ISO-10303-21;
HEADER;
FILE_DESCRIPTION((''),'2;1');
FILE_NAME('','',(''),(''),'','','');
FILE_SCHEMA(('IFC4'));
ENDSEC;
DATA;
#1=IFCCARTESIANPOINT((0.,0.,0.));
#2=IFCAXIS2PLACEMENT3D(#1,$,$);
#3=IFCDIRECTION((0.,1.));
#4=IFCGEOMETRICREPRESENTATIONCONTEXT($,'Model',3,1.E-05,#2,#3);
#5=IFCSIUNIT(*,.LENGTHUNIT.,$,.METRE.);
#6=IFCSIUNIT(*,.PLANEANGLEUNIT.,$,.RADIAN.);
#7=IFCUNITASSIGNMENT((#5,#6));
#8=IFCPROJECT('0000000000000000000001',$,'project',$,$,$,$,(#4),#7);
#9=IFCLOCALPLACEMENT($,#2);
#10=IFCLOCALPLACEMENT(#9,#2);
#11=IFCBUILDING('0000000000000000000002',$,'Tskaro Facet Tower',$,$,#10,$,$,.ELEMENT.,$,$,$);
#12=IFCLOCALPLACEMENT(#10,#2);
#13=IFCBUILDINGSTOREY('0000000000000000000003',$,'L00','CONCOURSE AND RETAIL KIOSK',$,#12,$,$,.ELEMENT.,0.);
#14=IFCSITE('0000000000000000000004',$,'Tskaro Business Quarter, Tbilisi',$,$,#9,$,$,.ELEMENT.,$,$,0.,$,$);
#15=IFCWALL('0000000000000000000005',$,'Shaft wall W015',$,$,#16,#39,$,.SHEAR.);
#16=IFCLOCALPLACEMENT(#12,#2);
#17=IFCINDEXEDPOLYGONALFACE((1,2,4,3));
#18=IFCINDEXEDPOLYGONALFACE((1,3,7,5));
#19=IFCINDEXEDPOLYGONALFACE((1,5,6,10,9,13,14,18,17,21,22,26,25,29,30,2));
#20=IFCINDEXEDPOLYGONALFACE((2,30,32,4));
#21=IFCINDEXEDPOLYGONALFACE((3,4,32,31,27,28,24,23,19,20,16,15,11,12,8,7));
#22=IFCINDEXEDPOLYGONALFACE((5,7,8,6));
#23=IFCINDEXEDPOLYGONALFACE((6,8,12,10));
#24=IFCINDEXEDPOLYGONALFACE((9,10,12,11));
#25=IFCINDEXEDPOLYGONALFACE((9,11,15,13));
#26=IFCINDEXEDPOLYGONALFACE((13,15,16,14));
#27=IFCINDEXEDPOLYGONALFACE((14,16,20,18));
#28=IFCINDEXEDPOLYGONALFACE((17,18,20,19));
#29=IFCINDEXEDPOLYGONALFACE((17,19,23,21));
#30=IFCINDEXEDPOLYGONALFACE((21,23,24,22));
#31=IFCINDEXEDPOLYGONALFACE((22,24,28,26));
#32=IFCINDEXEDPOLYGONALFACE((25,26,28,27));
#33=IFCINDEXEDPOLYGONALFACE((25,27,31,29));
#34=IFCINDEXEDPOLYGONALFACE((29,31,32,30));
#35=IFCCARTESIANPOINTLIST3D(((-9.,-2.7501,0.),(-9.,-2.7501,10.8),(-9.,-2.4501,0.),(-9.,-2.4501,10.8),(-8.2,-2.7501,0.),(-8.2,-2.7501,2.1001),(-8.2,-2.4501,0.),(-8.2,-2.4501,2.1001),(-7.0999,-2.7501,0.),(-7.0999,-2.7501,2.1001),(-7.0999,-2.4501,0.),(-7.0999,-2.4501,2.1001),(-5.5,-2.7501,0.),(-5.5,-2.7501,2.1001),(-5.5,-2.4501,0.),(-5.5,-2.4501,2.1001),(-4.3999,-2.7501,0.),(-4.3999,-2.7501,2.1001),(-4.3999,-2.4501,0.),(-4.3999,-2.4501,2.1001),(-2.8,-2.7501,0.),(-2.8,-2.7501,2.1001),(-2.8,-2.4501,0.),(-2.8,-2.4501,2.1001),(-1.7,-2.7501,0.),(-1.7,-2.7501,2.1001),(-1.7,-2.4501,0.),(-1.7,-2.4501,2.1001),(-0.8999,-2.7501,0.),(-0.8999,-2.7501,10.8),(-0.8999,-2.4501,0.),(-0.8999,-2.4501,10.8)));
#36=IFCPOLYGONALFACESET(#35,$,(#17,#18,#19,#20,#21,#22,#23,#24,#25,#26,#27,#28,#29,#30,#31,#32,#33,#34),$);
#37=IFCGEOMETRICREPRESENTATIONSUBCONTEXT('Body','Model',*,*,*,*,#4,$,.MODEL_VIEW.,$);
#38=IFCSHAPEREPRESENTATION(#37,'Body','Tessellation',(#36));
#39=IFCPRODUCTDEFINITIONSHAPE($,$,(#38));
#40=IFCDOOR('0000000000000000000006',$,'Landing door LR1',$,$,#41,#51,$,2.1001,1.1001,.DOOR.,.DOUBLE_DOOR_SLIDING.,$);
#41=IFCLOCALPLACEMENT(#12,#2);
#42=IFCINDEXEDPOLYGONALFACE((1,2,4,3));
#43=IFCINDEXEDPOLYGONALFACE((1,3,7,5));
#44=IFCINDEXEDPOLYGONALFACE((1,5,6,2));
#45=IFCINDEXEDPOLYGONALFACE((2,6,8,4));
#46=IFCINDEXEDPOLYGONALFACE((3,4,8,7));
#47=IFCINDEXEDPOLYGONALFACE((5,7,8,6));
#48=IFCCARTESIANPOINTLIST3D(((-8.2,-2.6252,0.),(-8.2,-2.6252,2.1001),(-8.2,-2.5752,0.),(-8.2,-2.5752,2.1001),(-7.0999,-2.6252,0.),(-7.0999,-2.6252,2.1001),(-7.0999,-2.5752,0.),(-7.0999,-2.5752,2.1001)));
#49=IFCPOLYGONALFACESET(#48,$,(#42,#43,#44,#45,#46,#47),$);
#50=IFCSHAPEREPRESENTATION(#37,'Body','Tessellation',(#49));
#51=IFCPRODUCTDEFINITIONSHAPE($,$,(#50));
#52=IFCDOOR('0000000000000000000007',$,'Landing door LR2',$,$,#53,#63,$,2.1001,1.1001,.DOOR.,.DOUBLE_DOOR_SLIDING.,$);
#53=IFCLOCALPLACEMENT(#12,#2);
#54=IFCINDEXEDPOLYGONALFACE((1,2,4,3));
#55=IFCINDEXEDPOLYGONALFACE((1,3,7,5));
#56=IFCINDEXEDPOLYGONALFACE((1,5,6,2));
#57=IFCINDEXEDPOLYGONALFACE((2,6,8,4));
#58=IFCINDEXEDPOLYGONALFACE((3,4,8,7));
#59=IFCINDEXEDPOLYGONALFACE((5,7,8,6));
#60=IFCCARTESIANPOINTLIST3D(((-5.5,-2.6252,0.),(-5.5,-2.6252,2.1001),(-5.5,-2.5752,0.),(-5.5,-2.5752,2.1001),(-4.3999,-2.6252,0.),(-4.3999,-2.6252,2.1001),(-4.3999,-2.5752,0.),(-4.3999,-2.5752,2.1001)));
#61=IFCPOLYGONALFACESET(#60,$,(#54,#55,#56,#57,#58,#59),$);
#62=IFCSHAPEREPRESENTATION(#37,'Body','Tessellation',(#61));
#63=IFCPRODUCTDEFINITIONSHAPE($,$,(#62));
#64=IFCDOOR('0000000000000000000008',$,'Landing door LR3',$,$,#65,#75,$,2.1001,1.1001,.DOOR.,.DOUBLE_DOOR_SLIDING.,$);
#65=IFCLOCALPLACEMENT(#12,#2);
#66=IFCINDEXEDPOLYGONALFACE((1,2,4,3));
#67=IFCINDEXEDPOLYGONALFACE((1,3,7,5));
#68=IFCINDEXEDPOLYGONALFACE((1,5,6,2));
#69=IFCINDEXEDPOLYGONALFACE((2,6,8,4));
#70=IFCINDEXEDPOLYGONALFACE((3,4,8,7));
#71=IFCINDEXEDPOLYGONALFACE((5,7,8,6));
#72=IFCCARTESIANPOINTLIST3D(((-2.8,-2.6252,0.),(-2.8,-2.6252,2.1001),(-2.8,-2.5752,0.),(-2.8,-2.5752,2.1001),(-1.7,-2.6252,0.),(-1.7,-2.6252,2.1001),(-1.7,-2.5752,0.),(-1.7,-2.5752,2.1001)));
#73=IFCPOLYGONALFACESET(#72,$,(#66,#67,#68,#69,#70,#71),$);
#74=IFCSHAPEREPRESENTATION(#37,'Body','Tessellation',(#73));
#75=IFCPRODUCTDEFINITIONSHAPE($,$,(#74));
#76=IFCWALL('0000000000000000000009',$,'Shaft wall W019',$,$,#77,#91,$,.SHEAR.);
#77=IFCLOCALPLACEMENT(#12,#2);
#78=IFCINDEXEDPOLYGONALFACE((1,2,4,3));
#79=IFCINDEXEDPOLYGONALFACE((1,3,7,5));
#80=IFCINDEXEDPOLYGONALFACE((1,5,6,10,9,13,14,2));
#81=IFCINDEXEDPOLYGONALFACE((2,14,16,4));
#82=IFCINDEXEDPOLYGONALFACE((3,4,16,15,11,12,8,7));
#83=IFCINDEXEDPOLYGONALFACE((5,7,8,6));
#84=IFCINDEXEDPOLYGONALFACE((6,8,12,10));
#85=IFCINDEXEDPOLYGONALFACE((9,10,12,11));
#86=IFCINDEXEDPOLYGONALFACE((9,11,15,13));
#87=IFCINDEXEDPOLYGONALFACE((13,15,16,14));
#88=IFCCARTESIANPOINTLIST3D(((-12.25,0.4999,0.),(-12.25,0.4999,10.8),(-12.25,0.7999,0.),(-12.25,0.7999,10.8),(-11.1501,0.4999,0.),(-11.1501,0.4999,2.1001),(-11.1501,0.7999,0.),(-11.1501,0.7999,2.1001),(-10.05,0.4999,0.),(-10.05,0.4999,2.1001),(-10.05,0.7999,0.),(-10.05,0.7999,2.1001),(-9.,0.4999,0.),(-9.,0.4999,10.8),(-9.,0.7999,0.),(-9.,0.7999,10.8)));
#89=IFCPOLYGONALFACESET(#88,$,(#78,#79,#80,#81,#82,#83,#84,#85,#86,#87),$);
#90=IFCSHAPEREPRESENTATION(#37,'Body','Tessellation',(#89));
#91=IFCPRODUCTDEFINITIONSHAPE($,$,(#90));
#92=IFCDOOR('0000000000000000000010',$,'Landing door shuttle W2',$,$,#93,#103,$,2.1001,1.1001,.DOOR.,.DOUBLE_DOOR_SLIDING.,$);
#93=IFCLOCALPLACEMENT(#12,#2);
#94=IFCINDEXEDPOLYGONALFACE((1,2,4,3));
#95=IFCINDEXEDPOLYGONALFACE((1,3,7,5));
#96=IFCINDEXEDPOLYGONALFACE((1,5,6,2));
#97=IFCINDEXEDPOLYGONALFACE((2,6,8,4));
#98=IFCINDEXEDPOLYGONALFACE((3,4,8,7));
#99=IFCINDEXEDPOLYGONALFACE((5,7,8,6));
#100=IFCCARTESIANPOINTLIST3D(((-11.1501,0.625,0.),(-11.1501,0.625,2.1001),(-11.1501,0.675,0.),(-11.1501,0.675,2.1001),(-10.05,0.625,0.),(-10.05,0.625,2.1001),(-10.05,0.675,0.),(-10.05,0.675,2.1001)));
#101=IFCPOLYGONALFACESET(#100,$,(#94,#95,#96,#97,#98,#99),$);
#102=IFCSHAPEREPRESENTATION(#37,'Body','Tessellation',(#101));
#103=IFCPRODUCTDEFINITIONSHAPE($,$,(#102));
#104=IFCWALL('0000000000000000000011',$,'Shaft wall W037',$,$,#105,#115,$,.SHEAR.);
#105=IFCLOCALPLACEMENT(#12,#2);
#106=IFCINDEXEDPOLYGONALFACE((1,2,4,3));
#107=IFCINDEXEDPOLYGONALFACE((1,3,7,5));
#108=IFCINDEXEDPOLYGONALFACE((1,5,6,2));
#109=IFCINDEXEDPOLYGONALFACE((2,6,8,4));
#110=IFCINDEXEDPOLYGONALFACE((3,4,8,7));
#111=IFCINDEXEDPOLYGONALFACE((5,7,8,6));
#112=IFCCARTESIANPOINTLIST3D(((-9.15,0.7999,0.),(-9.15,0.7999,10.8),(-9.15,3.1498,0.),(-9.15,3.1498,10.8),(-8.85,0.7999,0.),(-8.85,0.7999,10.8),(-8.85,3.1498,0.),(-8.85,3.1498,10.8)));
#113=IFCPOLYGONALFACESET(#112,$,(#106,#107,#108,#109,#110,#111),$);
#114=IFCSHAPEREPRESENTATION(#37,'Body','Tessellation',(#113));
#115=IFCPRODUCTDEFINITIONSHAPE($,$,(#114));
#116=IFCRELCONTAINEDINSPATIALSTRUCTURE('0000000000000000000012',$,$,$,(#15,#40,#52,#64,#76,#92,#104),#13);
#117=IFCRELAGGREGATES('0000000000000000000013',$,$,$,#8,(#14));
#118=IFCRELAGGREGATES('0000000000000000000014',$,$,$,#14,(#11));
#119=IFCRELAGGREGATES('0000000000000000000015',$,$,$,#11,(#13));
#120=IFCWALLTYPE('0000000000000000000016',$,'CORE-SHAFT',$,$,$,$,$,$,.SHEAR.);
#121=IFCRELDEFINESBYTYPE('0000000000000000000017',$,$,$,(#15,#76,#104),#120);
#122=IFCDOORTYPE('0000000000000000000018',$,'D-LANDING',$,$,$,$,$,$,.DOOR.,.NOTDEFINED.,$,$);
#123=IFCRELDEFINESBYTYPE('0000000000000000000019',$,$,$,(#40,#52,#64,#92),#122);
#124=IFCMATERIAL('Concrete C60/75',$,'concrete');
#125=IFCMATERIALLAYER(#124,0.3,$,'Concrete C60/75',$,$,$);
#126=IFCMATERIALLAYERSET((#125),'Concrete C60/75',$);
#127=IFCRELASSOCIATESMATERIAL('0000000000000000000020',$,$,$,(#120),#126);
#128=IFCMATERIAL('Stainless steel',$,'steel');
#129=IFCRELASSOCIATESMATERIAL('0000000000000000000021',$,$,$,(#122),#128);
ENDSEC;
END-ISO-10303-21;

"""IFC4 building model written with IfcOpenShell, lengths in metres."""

from ifc_helpers import new_model, si_unit, direction, frame, frame_2d, origin, place, context, subcontext, project, spatial, rectangle, extrude, material, layer, layer_set, type_object, element, fill, save


model = new_model("IFC4")

# Units and contexts
model_context = context("Model", 3, precision=1e-05, world=origin(), true_north=direction((0.0, 1.0)))
body_context = subcontext(model_context, "Body", "Model", "MODEL_VIEW")
ifc_project = project(units=[si_unit("LENGTHUNIT", "METRE"), si_unit("PLANEANGLEUNIT", "RADIAN")], contexts=[model_context])

# Site, building, storey
site_placement = place(None, origin())
site = spatial("IfcSite", under=ifc_project, at=site_placement, Name="Tskaro Business Quarter, Tbilisi", CompositionType="ELEMENT", RefElevation=0.0)
building_placement = place(site_placement, origin())
building = spatial("IfcBuilding", under=site, at=building_placement, Name="Tskaro Facet Tower", CompositionType="ELEMENT")
storey_placement = place(building_placement, origin())
storey = spatial("IfcBuildingStorey", under=building, at=storey_placement, Name="L00", Description="CONCOURSE AND RETAIL KIOSK", CompositionType="ELEMENT", Elevation=0.0)

# Wall, openings, doors
ifc_material_1 = material(Name="Concrete C60/75", Category="concrete")
ifc_layer_1 = layer(ifc_material_1, 0.3, Name="Concrete C60/75")
ifc_layer_set_1 = layer_set([ifc_layer_1], Name="Concrete C60/75")
wall_type_1 = type_object("IfcWallType", Name="CORE-SHAFT", PredefinedType="SHEAR", material=ifc_layer_set_1)
wall_1_placement = place(storey_placement, frame((-9.0, -2.6001, 0.0), z_axis=(0.0, 0.0, 1.0), x_axis=(1.0, 0.0, 0.0)))
wall_1 = element("IfcWall", 1, at=wall_1_placement, inside=storey, type_object=wall_type_1, Name="Shaft wall W015", PredefinedType="SHEAR", context=body_context, shape_type="SweptSolid", body=[
    extrude(rectangle(XDim=8.1001, YDim=0.3, at=frame_2d((4.05, 0.0))), origin(), (0.0, 0.0, 1.0), 10.8),
])
opening_1_placement = place(wall_1_placement, frame((0.8, 0.0, 0.0)))
opening_1 = element("IfcOpeningElement", 2, at=opening_1_placement, cuts=wall_1, PredefinedType="OPENING", context=body_context, shape_type="SweptSolid", body=[
    extrude(rectangle(XDim=1.1001, YDim=2.1001, at=frame_2d((0.55, 1.05))), frame((0.0, 0.1599, 0.0), z_axis=(0.0, -1.0, 0.0), x_axis=(1.0, 0.0, 0.0)), (0.0, 0.0, 1.0), 0.3201),
])
opening_2_placement = place(wall_1_placement, frame((3.5, 0.0, 0.0)))
opening_2 = element("IfcOpeningElement", 3, at=opening_2_placement, cuts=wall_1, PredefinedType="OPENING", context=body_context, shape_type="SweptSolid", body=[
    extrude(rectangle(XDim=1.1001, YDim=2.1001, at=frame_2d((0.55, 1.05))), frame((0.0, 0.1599, 0.0), z_axis=(0.0, -1.0, 0.0), x_axis=(1.0, 0.0, 0.0)), (0.0, 0.0, 1.0), 0.3201),
])
opening_3_placement = place(wall_1_placement, frame((6.2, 0.0, 0.0)))
opening_3 = element("IfcOpeningElement", 4, at=opening_3_placement, cuts=wall_1, PredefinedType="OPENING", context=body_context, shape_type="SweptSolid", body=[
    extrude(rectangle(XDim=1.1001, YDim=2.1001, at=frame_2d((0.55, 1.05))), frame((0.0, 0.1599, 0.0), z_axis=(0.0, -1.0, 0.0), x_axis=(1.0, 0.0, 0.0)), (0.0, 0.0, 1.0), 0.3201),
])
ifc_material_2 = material(Name="Stainless steel", Category="steel")
door_type_1 = type_object("IfcDoorType", Name="D-LANDING", OperationType="NOTDEFINED", PredefinedType="DOOR", material=ifc_material_2)
door_1_placement = place(opening_1_placement, origin())
door_1 = element("IfcDoor", 5, at=door_1_placement, inside=storey, type_object=door_type_1, Name="Landing door LR1", OperationType="DOUBLE_DOOR_SLIDING", OverallHeight=2.1001, OverallWidth=1.1001, PredefinedType="DOOR", context=body_context, shape_type="SweptSolid", body=[
    extrude(rectangle(XDim=1.1001, YDim=2.1001, at=frame_2d((0.55, 1.05))), frame((0.0, 0.0249, 0.0), z_axis=(0.0, -1.0, 0.0), x_axis=(1.0, 0.0, 0.0)), (0.0, 0.0, 1.0), 0.05),
])
fill(opening_1, door_1)
door_2_placement = place(opening_2_placement, origin())
door_2 = element("IfcDoor", 6, at=door_2_placement, inside=storey, type_object=door_type_1, Name="Landing door LR2", OperationType="DOUBLE_DOOR_SLIDING", OverallHeight=2.1001, OverallWidth=1.1001, PredefinedType="DOOR", context=body_context, shape_type="SweptSolid", body=[
    extrude(rectangle(XDim=1.1001, YDim=2.1001, at=frame_2d((0.55, 1.05))), frame((0.0, 0.0249, 0.0), z_axis=(0.0, -1.0, 0.0), x_axis=(1.0, 0.0, 0.0)), (0.0, 0.0, 1.0), 0.05),
])
fill(opening_2, door_2)
door_3_placement = place(opening_3_placement, origin())
door_3 = element("IfcDoor", 7, at=door_3_placement, inside=storey, type_object=door_type_1, Name="Landing door LR3", OperationType="DOUBLE_DOOR_SLIDING", OverallHeight=2.1001, OverallWidth=1.1001, PredefinedType="DOOR", context=body_context, shape_type="SweptSolid", body=[
    extrude(rectangle(XDim=1.1001, YDim=2.1001, at=frame_2d((0.55, 1.05))), frame((0.0, 0.0249, 0.0), z_axis=(0.0, -1.0, 0.0), x_axis=(1.0, 0.0, 0.0)), (0.0, 0.0, 1.0), 0.05),
])
fill(opening_3, door_3)

# Wall, opening, door
wall_2_placement = place(storey_placement, frame((-9.0, 0.6499, 0.0), z_axis=(0.0, 0.0, 1.0), x_axis=(-1.0, 0.0, 0.0)))
wall_2 = element("IfcWall", 8, at=wall_2_placement, inside=storey, type_object=wall_type_1, Name="Shaft wall W019", PredefinedType="SHEAR", context=body_context, shape_type="SweptSolid", body=[
    extrude(rectangle(XDim=3.25, YDim=0.3, at=frame_2d((1.625, 0.0))), origin(), (0.0, 0.0, 1.0), 10.8),
])
opening_4_placement = place(wall_2_placement, frame((1.05, 0.0, 0.0)))
opening_4 = element("IfcOpeningElement", 9, at=opening_4_placement, cuts=wall_2, PredefinedType="OPENING", context=body_context, shape_type="SweptSolid", body=[
    extrude(rectangle(XDim=1.1001, YDim=2.1001, at=frame_2d((0.55, 1.05))), frame((0.0, 0.1599, 0.0), z_axis=(0.0, -1.0, 0.0), x_axis=(1.0, 0.0, 0.0)), (0.0, 0.0, 1.0), 0.3201),
])
door_4_placement = place(opening_4_placement, origin())
door_4 = element("IfcDoor", 10, at=door_4_placement, inside=storey, type_object=door_type_1, Name="Landing door shuttle W2", OperationType="DOUBLE_DOOR_SLIDING", OverallHeight=2.1001, OverallWidth=1.1001, PredefinedType="DOOR", context=body_context, shape_type="SweptSolid", body=[
    extrude(rectangle(XDim=1.1001, YDim=2.1001, at=frame_2d((0.55, 1.05))), frame((0.0, 0.0249, 0.0), z_axis=(0.0, -1.0, 0.0), x_axis=(1.0, 0.0, 0.0)), (0.0, 0.0, 1.0), 0.05),
])
fill(opening_4, door_4)

# Wall
wall_3_placement = place(storey_placement, frame((-9.0, 0.8, 0.0), z_axis=(0.0, 0.0, 1.0), x_axis=(0.0, 1.0, 0.0)))
element("IfcWall", 11, at=wall_3_placement, inside=storey, type_object=wall_type_1, Name="Shaft wall W037", PredefinedType="SHEAR", context=body_context, shape_type="SweptSolid", body=[
    extrude(rectangle(XDim=2.3499, YDim=0.3, at=frame_2d((1.1748, 0.0))), origin(), (0.0, 0.0, 1.0), 10.8),
])

save(model, "model.ifc")
